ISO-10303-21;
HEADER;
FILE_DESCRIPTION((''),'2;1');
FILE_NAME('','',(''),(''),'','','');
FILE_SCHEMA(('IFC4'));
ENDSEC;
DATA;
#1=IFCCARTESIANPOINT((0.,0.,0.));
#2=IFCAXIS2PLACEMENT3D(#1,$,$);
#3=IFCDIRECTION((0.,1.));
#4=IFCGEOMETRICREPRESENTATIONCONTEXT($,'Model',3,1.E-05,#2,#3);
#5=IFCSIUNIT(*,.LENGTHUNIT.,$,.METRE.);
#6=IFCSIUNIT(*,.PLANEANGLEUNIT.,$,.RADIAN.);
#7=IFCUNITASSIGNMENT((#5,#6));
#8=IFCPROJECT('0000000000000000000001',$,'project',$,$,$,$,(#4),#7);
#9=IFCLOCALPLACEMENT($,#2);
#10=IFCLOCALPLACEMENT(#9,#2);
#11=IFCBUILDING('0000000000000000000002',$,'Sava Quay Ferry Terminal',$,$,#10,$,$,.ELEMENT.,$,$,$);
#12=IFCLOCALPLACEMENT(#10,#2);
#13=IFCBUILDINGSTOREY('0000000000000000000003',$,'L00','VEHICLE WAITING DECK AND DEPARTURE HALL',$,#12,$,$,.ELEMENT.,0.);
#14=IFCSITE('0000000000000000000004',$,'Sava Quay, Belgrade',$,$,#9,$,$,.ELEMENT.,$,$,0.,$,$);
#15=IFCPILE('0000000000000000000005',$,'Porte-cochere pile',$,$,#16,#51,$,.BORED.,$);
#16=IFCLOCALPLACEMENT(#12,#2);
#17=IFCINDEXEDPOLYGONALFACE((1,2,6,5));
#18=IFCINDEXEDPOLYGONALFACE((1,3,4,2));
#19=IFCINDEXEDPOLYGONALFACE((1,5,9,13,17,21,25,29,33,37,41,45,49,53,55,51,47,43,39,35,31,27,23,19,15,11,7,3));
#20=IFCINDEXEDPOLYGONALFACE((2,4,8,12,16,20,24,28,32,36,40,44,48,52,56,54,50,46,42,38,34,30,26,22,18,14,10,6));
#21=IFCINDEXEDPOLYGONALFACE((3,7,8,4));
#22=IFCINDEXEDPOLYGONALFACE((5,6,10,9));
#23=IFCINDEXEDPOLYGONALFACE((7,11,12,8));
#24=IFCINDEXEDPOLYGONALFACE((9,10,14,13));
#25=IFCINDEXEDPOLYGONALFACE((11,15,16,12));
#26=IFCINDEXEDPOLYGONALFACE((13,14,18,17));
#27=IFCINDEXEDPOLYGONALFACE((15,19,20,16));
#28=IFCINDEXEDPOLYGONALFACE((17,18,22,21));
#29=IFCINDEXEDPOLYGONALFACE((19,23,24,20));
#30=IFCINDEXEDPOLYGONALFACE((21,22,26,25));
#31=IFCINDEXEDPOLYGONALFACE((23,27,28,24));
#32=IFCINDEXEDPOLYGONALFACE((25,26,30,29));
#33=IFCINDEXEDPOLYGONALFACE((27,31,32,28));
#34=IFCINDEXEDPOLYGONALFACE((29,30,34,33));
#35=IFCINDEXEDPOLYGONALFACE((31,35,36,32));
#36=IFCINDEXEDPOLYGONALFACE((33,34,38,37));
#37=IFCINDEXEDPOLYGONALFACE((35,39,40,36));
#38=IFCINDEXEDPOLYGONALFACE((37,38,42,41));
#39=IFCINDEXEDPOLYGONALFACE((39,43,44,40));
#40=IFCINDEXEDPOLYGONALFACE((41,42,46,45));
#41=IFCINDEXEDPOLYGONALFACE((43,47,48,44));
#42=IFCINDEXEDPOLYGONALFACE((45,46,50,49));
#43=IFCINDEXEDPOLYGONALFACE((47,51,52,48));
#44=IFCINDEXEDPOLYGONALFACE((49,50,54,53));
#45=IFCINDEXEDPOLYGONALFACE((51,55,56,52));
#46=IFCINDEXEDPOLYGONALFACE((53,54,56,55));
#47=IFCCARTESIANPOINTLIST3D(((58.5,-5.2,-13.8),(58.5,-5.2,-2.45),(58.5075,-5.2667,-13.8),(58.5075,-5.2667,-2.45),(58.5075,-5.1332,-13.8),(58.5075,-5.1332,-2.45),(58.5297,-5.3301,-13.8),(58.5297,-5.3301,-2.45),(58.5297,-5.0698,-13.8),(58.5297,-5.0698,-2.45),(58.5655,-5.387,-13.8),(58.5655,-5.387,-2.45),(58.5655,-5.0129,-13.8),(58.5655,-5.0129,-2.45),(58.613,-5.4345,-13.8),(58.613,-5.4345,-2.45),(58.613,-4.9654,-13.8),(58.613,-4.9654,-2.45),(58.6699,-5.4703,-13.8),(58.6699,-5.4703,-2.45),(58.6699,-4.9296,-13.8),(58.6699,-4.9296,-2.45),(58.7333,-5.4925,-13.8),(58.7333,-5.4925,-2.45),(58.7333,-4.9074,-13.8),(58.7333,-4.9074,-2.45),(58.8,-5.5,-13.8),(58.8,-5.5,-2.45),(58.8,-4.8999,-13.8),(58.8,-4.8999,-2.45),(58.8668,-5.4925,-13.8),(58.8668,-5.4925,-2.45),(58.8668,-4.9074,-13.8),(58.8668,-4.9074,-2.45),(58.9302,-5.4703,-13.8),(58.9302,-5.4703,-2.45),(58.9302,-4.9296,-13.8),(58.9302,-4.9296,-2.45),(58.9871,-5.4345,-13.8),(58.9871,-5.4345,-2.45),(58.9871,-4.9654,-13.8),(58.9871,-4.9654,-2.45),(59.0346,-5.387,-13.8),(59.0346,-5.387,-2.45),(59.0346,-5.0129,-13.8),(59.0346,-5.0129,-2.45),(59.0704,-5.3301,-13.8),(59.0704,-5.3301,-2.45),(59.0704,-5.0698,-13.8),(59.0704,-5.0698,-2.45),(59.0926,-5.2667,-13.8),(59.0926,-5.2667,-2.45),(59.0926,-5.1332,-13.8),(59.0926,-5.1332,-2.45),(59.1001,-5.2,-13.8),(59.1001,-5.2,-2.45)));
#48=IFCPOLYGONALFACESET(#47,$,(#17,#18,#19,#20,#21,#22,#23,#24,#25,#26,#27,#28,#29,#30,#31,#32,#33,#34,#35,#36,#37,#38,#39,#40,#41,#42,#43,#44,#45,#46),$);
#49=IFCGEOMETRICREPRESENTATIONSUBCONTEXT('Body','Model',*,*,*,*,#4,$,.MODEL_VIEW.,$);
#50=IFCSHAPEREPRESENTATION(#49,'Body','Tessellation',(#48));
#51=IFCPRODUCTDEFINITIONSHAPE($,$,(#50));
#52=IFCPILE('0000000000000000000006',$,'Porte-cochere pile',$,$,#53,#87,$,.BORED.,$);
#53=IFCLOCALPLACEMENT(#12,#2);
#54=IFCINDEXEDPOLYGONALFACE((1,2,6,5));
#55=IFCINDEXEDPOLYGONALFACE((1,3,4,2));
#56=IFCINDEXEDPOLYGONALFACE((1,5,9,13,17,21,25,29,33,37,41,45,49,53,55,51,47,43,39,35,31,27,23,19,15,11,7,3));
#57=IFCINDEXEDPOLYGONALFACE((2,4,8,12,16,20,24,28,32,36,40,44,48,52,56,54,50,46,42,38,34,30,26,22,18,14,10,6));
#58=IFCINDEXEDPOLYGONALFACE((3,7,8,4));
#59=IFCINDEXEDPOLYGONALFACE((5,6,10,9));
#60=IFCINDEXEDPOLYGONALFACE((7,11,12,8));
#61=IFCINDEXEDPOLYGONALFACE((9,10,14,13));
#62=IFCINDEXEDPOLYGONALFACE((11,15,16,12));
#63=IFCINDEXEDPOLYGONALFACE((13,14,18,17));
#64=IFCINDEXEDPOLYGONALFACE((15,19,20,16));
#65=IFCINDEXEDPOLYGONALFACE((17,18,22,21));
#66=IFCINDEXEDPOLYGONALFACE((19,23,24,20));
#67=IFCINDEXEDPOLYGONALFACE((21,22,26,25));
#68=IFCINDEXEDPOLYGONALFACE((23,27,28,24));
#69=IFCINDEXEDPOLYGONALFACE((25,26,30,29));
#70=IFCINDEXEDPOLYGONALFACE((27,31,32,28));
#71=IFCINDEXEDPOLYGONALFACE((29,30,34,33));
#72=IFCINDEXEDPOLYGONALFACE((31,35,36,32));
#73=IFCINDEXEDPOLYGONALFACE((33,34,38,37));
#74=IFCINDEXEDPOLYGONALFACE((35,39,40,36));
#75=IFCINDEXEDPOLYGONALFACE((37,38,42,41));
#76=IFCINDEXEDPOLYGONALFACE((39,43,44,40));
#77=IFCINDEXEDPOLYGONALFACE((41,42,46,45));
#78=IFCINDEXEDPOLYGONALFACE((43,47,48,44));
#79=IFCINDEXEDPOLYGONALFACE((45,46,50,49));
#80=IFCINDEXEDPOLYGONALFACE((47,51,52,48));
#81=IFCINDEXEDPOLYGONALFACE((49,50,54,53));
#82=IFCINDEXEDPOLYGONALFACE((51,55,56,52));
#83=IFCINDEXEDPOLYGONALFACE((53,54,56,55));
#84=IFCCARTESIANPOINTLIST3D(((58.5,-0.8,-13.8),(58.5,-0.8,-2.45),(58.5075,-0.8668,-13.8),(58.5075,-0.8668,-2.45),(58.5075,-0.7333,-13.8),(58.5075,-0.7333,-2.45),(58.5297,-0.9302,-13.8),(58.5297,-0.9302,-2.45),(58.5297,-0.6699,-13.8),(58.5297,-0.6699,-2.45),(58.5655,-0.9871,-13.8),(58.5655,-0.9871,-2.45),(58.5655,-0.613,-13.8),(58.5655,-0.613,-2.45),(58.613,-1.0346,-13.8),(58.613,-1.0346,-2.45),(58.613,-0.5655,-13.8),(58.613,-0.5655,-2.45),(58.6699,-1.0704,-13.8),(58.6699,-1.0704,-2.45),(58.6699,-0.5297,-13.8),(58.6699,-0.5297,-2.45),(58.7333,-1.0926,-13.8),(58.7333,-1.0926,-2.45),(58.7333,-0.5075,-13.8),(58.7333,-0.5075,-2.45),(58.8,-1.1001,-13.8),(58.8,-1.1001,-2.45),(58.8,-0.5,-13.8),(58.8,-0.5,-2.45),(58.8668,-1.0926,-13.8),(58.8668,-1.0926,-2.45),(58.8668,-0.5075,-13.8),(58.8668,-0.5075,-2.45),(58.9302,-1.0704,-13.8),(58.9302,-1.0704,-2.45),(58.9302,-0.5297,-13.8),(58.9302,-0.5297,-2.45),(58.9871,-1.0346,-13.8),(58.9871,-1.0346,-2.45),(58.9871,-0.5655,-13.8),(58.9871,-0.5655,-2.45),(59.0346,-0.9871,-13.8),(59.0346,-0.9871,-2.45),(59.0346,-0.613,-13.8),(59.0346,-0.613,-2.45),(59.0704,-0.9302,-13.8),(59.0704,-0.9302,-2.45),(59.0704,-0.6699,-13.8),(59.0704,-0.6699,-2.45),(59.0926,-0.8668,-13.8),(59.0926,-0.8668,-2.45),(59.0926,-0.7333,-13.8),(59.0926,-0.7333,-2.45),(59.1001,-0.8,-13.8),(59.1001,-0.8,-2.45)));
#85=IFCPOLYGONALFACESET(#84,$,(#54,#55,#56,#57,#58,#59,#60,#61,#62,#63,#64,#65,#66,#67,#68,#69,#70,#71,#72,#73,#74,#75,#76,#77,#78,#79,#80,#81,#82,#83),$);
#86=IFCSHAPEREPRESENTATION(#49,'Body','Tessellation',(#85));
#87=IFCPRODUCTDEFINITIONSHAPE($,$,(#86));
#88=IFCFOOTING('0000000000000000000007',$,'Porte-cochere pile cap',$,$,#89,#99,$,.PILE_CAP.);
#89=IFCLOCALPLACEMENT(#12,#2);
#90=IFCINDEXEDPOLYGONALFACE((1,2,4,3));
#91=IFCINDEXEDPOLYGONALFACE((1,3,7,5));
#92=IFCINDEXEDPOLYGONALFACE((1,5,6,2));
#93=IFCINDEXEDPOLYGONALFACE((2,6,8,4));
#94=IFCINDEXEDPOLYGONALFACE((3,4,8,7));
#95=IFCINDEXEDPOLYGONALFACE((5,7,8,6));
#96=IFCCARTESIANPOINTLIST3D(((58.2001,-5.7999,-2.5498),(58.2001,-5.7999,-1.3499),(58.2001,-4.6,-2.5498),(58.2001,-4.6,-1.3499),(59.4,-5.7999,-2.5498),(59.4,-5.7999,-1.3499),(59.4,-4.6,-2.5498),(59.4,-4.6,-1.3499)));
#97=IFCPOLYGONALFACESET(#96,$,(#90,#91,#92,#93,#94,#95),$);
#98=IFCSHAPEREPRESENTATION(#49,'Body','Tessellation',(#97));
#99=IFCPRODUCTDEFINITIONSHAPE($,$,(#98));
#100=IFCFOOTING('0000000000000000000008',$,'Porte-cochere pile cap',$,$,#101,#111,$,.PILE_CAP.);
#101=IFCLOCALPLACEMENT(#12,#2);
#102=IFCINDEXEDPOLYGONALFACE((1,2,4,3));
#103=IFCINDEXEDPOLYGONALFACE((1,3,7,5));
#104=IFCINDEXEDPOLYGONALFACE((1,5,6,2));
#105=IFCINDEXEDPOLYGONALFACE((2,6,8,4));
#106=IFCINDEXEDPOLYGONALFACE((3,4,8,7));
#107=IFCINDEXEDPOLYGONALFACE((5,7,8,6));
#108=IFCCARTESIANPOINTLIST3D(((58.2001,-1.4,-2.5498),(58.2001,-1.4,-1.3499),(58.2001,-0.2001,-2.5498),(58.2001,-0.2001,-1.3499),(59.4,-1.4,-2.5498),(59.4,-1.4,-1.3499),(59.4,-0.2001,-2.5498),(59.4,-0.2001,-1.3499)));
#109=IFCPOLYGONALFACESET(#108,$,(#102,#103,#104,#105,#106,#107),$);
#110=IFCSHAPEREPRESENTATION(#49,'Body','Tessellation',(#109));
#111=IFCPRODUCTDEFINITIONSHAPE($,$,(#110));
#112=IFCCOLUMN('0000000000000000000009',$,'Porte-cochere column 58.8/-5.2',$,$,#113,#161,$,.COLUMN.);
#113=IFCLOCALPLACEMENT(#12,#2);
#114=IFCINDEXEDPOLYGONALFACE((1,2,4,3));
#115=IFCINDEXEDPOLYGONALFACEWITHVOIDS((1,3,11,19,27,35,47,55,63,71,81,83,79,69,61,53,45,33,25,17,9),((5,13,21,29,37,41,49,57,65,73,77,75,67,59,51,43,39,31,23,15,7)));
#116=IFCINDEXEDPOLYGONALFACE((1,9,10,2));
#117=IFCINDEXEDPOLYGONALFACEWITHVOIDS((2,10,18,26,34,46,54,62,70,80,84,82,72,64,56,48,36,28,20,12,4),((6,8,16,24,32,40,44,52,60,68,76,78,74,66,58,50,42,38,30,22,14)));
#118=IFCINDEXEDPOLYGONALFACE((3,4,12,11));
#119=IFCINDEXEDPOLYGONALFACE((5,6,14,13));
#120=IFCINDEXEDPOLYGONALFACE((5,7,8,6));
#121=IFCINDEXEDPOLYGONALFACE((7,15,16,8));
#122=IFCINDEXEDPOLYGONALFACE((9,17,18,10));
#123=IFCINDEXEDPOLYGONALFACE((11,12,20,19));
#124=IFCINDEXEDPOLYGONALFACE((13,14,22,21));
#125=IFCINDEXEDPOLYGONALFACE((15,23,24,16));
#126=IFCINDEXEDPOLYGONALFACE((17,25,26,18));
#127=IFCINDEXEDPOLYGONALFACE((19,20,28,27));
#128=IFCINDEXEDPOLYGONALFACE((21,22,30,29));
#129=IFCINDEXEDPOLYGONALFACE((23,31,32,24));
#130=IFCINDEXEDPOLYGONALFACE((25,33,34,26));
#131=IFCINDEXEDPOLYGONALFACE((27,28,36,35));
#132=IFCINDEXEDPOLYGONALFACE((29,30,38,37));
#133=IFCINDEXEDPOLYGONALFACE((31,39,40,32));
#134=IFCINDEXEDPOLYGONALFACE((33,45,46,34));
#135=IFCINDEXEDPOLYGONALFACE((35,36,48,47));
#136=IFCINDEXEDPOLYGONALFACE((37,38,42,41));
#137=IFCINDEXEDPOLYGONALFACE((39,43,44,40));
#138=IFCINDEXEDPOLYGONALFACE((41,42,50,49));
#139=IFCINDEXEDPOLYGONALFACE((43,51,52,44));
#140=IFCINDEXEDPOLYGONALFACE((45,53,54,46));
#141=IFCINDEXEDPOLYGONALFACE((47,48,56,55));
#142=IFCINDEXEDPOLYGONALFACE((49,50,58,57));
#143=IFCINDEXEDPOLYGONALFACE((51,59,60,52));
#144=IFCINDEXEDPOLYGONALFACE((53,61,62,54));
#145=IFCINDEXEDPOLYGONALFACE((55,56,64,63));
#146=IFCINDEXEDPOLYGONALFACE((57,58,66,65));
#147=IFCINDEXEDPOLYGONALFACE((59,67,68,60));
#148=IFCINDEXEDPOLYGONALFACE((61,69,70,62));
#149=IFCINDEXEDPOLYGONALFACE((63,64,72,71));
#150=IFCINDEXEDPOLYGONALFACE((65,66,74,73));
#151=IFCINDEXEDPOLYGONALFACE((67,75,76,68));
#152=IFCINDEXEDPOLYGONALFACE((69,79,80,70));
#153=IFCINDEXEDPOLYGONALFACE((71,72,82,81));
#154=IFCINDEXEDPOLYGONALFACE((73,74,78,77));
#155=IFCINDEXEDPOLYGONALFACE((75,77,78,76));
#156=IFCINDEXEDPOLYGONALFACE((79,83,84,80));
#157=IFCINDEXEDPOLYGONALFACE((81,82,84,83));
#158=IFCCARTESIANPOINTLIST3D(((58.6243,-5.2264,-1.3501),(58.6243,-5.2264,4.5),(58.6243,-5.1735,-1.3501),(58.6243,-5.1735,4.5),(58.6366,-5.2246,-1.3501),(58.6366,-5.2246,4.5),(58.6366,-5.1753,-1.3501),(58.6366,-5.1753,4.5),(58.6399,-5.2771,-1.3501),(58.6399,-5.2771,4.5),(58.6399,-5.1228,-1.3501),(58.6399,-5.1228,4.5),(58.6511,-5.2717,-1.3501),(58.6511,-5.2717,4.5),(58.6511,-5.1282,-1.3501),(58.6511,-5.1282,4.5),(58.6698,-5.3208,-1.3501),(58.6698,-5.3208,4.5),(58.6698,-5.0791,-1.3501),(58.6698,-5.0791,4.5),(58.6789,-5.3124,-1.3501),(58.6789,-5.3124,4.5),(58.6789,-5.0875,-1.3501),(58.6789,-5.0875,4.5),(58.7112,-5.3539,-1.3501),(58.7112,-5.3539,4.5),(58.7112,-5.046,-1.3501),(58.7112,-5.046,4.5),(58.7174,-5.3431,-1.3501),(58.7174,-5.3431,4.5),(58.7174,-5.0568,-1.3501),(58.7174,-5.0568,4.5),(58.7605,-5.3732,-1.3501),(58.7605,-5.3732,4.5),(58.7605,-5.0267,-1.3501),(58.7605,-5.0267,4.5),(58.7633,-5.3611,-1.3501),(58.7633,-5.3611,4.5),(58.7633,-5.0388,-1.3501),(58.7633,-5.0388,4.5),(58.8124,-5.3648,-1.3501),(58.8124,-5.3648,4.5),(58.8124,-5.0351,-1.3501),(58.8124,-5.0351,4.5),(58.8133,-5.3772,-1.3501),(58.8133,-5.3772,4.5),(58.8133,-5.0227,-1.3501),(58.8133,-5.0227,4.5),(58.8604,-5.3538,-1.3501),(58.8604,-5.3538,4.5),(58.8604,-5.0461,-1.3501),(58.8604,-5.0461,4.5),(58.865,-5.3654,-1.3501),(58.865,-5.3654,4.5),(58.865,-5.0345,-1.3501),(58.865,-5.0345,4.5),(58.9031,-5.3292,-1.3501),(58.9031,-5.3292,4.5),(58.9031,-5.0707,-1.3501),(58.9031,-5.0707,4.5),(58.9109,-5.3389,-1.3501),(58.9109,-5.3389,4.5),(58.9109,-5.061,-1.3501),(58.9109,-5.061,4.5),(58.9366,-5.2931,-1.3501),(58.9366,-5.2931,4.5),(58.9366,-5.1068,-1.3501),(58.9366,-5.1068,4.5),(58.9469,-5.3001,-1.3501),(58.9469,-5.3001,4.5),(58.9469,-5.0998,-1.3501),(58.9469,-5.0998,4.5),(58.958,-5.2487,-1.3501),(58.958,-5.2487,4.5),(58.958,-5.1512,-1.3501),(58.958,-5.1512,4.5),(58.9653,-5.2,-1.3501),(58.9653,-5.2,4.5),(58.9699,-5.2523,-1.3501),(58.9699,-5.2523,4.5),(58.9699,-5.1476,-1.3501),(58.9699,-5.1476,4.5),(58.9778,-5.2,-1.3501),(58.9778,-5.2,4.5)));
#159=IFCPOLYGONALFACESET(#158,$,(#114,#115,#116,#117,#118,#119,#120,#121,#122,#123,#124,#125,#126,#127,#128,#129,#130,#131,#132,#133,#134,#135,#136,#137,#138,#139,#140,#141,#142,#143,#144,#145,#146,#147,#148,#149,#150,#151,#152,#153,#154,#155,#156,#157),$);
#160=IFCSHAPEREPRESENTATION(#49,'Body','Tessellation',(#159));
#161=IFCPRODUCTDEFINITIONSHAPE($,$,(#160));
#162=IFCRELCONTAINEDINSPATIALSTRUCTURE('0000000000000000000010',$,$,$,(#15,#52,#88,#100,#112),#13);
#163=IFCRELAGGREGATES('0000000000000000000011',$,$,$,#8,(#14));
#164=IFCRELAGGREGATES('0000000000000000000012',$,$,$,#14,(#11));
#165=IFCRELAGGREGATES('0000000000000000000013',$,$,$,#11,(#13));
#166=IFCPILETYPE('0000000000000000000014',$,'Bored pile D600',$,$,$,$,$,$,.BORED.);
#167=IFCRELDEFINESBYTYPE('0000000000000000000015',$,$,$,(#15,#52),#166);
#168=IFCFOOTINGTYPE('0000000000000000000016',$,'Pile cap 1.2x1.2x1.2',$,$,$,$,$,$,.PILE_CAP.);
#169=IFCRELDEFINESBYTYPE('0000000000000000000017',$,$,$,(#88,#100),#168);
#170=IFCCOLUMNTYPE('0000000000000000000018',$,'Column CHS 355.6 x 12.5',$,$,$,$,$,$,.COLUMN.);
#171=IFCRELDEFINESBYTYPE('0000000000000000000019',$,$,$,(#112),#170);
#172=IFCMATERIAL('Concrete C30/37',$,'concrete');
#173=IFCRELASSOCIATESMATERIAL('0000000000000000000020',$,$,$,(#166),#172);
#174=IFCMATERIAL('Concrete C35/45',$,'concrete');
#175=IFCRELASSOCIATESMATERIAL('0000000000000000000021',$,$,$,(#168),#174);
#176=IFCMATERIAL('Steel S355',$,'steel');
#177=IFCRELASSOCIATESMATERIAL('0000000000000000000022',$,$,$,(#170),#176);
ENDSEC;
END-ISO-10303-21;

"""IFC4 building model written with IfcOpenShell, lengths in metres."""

from ifc_helpers import new_model, si_unit, direction, frame, origin, origin_2d, place, context, subcontext, project, spatial, rectangle, circle, hollow_circle, extrude, material, material_profile, profile_set, type_object, element, save


model = new_model("IFC4")

# Units and contexts
model_context = context("Model", 3, precision=1e-05, world=origin(), true_north=direction((0.0, 1.0)))
body_context = subcontext(model_context, "Body", "Model", "MODEL_VIEW")
ifc_project = project(units=[si_unit("LENGTHUNIT", "METRE"), si_unit("PLANEANGLEUNIT", "RADIAN")], contexts=[model_context])

# Site, building, storey
site_placement = place(None, origin())
site = spatial("IfcSite", under=ifc_project, at=site_placement, Name="Sava Quay, Belgrade", CompositionType="ELEMENT", RefElevation=0.0)
building_placement = place(site_placement, origin())
building = spatial("IfcBuilding", under=site, at=building_placement, Name="Sava Quay Ferry Terminal", CompositionType="ELEMENT")
storey_placement = place(building_placement, origin())
storey = spatial("IfcBuildingStorey", under=building, at=storey_placement, Name="L00", Description="VEHICLE WAITING DECK AND DEPARTURE HALL", CompositionType="ELEMENT", Elevation=0.0)

# Piles
ifc_material_1 = material(Name="Concrete C30/37", Category="concrete")
ifc_material_profile_1 = material_profile(ifc_material_1, circle(Radius=0.3, at=origin_2d()), Name="Bored pile D600")
ifc_profile_set_1 = profile_set([ifc_material_profile_1], Name="Concrete C30/37")
pile_type = type_object("IfcPileType", Name="Bored pile D600", PredefinedType="BORED", material=ifc_profile_set_1)
for number, where, z_axis, x_axis, name in (
    (1, (58.8, -5.2, -2.45), (0.0, 0.0, -1.0), (1.0, 0.0, 0.0), "Porte-cochere pile"),
    (2, (58.8, -0.8, -2.45), (0.0, 0.0, -1.0), (1.0, 0.0, 0.0), "Porte-cochere pile"),
):
    element("IfcPile", number, at=place(storey_placement, frame(where, z_axis=z_axis, x_axis=x_axis)), inside=storey, type_object=pile_type, Name=name, PredefinedType="BORED", context=body_context, shape_type="SweptSolid", body=[
        extrude(circle(Radius=0.3, at=origin_2d()), origin(), (0.0, 0.0, 1.0), 11.3501),
    ])

# Footings
ifc_material_2 = material(Name="Concrete C35/45", Category="concrete")
footing_type = type_object("IfcFootingType", Name="Pile cap 1.2x1.2x1.2", PredefinedType="PILE_CAP", material=ifc_material_2)
for number, where, z_axis, x_axis, name in (
    (3, (58.8, -5.2, -2.5498), (0.0, 0.0, 1.0), (1.0, 0.0, 0.0), "Porte-cochere pile cap"),
    (4, (58.8, -0.8, -2.5498), (0.0, 0.0, 1.0), (1.0, 0.0, 0.0), "Porte-cochere pile cap"),
):
    element("IfcFooting", number, at=place(storey_placement, frame(where, z_axis=z_axis, x_axis=x_axis)), inside=storey, type_object=footing_type, Name=name, PredefinedType="PILE_CAP", context=body_context, shape_type="SweptSolid", body=[
        extrude(rectangle(XDim=1.2, YDim=1.2, at=origin_2d()), origin(), (0.0, 0.0, 1.0), 1.2),
    ])

# Column
ifc_material_3 = material(Name="Steel S355", Category="steel")
ifc_material_profile_2 = material_profile(ifc_material_3, hollow_circle(Radius=0.1777, WallThickness=0.0125, at=origin_2d()), Name="CHS 355.6 x 12.5")
ifc_profile_set_2 = profile_set([ifc_material_profile_2], Name="Steel S355")
column_type = type_object("IfcColumnType", Name="Column CHS 355.6 x 12.5", PredefinedType="COLUMN", material=ifc_profile_set_2)
for number, where, z_axis, x_axis, name in (
    (5, (58.8, -5.2, -1.3501), (0.0, 0.0, 1.0), (1.0, 0.0, 0.0), "Porte-cochere column 58.8/-5.2"),
):
    element("IfcColumn", number, at=place(storey_placement, frame(where, z_axis=z_axis, x_axis=x_axis)), inside=storey, type_object=column_type, Name=name, PredefinedType="COLUMN", context=body_context, shape_type="SweptSolid", body=[
        extrude(hollow_circle(Radius=0.1777, WallThickness=0.0125, at=origin_2d()), origin(), (0.0, 0.0, 1.0), 5.8501),
    ])

save(model, "model.ifc")
